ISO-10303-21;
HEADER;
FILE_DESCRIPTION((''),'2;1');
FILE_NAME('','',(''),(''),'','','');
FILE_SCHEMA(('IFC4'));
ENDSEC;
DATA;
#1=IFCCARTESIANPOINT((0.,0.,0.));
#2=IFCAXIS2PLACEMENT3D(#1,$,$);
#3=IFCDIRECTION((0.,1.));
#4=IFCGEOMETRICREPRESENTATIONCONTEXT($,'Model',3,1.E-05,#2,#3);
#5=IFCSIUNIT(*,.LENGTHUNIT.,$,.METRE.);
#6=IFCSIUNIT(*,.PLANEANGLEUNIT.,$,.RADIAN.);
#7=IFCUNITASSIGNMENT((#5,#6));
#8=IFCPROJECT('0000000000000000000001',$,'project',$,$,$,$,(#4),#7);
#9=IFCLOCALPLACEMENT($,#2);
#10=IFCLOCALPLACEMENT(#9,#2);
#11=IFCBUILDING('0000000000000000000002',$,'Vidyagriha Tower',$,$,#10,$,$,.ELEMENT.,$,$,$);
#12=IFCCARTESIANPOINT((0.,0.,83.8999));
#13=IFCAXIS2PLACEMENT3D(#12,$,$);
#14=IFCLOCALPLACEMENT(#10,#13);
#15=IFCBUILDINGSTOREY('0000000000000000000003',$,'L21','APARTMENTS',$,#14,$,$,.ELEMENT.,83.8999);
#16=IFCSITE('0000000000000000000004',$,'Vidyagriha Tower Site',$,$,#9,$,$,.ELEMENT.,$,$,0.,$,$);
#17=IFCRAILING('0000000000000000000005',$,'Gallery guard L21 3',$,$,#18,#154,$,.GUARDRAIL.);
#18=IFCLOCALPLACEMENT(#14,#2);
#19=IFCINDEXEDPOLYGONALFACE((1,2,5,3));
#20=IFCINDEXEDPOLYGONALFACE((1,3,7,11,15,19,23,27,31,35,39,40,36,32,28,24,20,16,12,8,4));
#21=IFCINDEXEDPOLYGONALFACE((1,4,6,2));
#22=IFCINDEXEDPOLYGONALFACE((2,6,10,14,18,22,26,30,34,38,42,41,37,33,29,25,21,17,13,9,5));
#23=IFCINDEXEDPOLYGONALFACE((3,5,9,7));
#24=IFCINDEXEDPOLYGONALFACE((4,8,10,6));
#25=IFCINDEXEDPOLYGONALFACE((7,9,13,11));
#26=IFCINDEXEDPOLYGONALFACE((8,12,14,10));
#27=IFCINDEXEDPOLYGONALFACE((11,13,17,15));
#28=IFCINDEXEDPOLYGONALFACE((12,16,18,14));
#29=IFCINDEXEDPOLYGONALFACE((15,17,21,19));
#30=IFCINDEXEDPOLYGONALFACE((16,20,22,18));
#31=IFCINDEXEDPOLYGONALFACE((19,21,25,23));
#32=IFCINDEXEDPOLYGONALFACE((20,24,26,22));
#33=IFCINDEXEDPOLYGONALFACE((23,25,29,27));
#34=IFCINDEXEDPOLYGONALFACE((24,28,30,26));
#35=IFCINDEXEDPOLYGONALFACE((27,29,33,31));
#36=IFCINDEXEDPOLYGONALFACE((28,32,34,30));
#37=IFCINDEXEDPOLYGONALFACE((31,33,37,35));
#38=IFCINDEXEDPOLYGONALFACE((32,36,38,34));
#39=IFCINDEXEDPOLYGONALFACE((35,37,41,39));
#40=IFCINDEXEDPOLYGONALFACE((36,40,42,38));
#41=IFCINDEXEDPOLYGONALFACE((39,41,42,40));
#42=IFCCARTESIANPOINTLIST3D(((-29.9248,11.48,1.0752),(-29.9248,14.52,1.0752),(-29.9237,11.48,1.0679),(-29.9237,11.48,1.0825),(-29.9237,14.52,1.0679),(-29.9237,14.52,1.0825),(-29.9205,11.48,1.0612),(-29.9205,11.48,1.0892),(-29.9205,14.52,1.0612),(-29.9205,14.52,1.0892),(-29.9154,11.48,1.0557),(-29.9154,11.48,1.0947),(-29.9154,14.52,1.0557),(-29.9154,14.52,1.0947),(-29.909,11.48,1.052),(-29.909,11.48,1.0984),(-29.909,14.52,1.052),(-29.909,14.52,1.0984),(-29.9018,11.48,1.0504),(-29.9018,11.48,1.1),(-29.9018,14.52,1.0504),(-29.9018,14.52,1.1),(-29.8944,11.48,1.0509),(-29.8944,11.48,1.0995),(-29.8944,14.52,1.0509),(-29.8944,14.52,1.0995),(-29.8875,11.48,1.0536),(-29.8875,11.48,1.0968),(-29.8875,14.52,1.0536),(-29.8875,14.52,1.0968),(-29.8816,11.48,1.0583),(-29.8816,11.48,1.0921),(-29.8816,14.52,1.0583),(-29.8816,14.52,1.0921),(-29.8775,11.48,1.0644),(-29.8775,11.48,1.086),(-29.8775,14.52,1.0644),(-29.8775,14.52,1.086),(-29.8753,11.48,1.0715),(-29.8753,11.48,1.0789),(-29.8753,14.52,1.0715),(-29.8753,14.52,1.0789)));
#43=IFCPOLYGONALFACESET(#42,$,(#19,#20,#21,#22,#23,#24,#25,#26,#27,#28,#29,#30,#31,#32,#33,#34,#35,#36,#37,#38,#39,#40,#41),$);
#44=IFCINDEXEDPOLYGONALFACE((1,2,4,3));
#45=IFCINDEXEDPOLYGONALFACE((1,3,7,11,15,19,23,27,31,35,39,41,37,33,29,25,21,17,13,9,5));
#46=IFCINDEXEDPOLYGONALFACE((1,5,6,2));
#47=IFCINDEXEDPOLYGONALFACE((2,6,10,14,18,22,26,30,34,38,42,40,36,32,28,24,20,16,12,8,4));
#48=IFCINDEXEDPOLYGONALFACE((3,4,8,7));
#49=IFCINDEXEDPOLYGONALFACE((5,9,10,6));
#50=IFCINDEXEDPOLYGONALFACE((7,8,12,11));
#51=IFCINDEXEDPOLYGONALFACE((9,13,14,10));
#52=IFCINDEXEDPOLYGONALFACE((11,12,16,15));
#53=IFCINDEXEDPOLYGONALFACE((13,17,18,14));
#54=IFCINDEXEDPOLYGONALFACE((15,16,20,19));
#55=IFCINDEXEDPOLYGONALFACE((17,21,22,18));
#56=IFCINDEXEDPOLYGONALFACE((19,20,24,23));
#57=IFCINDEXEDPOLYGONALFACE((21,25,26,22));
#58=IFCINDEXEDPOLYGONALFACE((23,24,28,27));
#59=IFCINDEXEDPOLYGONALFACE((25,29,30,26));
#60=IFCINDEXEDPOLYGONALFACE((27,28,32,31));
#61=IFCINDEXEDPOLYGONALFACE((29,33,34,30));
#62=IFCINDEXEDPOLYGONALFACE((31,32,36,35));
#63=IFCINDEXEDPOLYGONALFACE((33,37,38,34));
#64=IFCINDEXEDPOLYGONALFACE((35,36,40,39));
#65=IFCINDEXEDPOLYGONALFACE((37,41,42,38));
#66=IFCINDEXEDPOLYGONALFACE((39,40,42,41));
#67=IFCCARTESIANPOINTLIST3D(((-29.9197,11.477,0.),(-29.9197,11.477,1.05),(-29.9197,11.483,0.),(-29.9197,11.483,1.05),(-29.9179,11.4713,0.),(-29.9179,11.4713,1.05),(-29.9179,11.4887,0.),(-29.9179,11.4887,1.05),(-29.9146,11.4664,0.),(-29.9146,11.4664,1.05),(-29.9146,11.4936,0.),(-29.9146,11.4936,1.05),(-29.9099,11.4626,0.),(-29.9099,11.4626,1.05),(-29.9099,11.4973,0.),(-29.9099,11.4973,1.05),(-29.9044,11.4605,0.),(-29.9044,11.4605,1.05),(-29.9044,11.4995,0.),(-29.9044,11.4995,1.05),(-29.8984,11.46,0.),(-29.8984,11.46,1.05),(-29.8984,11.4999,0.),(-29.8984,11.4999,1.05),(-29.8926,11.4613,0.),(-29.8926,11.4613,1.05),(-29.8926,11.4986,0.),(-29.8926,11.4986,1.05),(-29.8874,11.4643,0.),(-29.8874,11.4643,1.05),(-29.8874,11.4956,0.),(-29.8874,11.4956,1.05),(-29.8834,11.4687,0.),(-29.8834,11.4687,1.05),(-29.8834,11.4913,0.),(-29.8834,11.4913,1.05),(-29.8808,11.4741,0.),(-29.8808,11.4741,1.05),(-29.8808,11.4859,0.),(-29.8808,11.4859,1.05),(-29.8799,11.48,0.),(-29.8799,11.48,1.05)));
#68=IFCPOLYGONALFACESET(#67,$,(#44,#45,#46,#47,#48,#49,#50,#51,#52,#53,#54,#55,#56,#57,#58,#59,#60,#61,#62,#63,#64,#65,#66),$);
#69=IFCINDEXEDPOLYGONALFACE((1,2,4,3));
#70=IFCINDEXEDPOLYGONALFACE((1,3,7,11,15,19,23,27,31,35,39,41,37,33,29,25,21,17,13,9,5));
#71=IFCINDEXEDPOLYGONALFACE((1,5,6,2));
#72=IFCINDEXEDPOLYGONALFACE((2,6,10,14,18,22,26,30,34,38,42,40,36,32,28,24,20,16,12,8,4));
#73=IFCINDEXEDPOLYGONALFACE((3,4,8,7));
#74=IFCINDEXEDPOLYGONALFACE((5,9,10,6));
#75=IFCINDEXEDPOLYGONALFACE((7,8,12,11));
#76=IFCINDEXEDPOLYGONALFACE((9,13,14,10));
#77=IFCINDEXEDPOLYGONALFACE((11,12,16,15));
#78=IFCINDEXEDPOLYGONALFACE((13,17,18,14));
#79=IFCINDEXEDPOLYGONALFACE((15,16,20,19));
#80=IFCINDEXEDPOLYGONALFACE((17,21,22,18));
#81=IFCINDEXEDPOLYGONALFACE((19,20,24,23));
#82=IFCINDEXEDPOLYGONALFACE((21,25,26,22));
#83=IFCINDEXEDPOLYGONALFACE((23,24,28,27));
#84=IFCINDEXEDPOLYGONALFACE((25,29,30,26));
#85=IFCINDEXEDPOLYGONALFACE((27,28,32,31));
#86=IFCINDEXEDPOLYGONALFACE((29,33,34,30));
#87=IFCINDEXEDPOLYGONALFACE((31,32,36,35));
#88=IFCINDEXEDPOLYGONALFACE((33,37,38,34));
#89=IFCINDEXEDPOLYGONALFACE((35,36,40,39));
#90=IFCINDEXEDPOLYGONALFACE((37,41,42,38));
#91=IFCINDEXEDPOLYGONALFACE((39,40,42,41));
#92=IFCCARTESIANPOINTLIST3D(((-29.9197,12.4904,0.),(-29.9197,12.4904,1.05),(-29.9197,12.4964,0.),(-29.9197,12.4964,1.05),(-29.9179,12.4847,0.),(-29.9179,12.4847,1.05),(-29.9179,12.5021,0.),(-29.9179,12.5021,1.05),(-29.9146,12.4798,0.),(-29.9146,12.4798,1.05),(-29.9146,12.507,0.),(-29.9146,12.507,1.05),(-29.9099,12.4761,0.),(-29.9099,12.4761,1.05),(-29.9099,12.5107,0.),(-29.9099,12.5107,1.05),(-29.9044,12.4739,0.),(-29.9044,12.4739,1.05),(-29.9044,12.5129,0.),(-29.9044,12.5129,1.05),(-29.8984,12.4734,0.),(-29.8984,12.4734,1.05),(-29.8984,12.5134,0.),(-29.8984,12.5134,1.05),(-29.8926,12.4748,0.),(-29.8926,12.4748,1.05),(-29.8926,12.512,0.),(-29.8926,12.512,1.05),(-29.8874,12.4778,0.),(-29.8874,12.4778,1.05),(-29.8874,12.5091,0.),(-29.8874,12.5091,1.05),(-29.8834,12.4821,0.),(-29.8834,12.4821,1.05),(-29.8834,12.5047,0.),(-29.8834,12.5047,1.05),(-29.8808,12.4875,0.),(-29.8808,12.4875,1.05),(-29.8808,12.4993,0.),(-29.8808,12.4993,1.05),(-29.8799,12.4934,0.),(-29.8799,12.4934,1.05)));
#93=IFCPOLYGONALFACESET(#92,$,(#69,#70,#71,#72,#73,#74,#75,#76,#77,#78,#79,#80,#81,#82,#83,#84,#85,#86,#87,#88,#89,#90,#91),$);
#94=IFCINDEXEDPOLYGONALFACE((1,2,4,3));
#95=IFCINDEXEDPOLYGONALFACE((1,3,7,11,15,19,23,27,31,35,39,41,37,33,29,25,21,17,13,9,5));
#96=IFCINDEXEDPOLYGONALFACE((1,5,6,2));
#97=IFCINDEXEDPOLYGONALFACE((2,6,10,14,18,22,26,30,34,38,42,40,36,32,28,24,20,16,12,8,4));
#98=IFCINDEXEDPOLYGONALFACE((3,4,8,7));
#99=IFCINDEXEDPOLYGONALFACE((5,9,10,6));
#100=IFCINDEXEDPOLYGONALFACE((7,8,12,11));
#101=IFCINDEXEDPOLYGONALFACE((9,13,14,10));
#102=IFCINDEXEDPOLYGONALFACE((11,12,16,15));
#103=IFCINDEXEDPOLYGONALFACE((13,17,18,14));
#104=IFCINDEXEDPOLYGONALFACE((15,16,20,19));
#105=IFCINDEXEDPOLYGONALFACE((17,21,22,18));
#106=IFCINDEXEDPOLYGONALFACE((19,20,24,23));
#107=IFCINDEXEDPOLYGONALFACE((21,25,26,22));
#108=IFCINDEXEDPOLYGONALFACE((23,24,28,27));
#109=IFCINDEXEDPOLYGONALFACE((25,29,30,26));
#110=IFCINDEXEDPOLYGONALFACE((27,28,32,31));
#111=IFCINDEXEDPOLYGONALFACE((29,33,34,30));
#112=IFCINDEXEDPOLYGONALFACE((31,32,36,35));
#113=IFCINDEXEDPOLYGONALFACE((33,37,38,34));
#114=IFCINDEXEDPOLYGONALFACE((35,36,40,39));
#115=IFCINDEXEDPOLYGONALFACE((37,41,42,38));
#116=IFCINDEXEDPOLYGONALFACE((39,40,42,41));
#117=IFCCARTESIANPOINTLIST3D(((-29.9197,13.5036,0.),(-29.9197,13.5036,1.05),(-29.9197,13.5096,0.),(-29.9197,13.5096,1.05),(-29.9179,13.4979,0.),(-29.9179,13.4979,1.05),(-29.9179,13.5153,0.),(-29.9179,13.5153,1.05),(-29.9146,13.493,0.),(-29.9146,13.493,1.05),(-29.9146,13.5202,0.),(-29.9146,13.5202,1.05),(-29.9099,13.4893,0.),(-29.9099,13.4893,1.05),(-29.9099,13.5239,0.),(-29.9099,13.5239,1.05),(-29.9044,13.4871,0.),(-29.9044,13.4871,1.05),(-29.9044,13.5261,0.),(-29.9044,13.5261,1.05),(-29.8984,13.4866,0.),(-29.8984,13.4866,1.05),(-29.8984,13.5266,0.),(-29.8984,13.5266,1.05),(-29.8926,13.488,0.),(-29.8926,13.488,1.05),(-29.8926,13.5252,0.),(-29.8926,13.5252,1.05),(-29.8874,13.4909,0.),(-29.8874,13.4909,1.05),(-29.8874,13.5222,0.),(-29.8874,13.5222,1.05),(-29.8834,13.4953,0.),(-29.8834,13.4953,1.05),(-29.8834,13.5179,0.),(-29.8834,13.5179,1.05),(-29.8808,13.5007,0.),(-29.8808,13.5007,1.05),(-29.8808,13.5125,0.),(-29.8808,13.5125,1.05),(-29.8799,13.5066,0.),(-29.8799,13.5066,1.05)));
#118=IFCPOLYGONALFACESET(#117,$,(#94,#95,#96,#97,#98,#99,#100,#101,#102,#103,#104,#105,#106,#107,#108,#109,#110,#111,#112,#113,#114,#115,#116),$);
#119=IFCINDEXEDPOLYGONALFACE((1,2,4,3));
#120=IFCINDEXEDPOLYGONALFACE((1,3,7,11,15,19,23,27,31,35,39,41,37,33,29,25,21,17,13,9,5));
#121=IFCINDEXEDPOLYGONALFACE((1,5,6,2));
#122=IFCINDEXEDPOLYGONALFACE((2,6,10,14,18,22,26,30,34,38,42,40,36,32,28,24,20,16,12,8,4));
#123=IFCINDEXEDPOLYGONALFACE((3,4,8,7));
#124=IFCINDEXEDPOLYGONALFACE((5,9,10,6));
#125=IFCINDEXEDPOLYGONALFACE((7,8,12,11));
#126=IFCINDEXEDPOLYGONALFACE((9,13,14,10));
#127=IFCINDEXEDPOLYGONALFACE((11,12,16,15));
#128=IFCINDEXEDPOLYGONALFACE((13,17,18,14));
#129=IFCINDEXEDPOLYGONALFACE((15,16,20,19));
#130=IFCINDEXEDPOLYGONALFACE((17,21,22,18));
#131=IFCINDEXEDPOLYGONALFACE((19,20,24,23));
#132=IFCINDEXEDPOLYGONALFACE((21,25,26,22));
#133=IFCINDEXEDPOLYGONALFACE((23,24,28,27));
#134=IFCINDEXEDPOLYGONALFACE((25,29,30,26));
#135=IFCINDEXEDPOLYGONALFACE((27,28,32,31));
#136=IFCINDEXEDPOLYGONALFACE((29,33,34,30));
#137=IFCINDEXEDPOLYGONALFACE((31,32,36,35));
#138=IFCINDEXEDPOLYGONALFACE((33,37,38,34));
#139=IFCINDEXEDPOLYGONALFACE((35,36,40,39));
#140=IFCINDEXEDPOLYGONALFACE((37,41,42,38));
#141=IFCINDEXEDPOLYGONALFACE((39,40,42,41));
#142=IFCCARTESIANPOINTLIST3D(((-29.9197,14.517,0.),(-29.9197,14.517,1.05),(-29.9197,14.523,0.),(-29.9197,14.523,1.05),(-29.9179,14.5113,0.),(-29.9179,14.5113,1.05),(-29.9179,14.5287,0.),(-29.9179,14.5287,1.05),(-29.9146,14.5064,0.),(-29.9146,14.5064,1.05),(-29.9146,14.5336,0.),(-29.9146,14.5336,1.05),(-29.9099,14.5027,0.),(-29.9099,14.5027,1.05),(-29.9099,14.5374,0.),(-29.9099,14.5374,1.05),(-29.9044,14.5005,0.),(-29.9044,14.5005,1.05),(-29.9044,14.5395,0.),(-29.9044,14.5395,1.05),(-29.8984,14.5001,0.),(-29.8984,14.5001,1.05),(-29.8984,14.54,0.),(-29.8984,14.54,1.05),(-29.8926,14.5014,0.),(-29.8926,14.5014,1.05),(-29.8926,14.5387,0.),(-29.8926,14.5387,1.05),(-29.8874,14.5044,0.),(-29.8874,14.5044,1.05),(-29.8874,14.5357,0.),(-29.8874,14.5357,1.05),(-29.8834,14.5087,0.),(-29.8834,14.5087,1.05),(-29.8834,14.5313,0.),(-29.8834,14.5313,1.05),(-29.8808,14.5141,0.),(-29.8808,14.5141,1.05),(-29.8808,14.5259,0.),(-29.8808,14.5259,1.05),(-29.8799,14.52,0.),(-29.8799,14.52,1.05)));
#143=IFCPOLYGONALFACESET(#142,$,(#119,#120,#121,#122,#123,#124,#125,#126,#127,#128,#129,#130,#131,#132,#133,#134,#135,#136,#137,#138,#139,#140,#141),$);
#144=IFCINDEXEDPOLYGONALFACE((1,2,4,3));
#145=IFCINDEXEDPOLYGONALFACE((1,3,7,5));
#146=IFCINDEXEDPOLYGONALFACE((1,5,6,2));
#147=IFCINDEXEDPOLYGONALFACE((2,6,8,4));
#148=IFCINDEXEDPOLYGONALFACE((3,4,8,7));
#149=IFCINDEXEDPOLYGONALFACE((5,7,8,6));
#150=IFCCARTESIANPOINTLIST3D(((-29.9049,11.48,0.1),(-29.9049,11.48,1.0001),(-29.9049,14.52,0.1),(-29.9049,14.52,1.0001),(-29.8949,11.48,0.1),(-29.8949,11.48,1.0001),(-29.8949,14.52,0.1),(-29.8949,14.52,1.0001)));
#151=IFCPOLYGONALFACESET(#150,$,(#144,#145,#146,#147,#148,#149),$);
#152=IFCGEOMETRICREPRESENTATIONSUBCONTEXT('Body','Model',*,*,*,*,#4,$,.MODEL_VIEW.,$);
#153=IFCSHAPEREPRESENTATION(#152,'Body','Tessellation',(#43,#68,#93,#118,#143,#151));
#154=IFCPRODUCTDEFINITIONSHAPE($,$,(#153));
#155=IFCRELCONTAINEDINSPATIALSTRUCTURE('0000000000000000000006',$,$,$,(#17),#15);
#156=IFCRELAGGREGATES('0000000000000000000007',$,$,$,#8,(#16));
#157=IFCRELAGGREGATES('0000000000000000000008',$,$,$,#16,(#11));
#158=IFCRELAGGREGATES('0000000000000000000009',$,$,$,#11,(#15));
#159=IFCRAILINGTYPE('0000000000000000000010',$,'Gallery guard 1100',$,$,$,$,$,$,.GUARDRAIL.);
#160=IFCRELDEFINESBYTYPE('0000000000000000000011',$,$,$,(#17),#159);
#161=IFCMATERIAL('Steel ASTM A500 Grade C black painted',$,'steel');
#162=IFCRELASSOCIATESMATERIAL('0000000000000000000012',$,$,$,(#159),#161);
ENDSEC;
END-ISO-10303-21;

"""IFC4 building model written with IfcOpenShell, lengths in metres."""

from ifc_helpers import new_model, si_unit, direction, frame, origin, origin_2d, place, context, subcontext, project, spatial, rectangle, circle, extrude, material, type_object, element, save


model = new_model("IFC4")

# Units and contexts
model_context = context("Model", 3, precision=1e-05, world=origin(), true_north=direction((0.0, 1.0)))
body_context = subcontext(model_context, "Body", "Model", "MODEL_VIEW")
ifc_project = project(units=[si_unit("LENGTHUNIT", "METRE"), si_unit("PLANEANGLEUNIT", "RADIAN")], contexts=[model_context])

# Site, building, storey
site_placement = place(None, origin())
site = spatial("IfcSite", under=ifc_project, at=site_placement, Name="Vidyagriha Tower Site", CompositionType="ELEMENT", RefElevation=0.0)
building_placement = place(site_placement, origin())
building = spatial("IfcBuilding", under=site, at=building_placement, Name="Vidyagriha Tower", CompositionType="ELEMENT")
storey_placement = place(building_placement, frame((0.0, 0.0, 83.8999)))
storey = spatial("IfcBuildingStorey", under=building, at=storey_placement, Name="L21", Description="APARTMENTS", CompositionType="ELEMENT", Elevation=83.8999)

# Railing
ifc_material_1 = material(Name="Steel ASTM A500 Grade C black painted", Category="steel")
railing_type_1 = type_object("IfcRailingType", Name="Gallery guard 1100", PredefinedType="GUARDRAIL", material=ifc_material_1)
railing_1_placement = place(storey_placement, frame((-29.8999, 11.48, 0.0)))
element("IfcRailing", 1, at=railing_1_placement, inside=storey, type_object=railing_type_1, Name="Gallery guard L21 3", PredefinedType="GUARDRAIL", context=body_context, shape_type="SweptSolid", body=[
    extrude(circle(Radius=0.0249, at=origin_2d()), frame((0.0, 0.0, 1.0752), z_axis=(0.0, 1.0, 0.0), x_axis=(-1.0, 0.0, 0.0)), (0.0, 0.0, 1.0), 3.04),
    extrude(circle(Radius=0.02, at=origin_2d()), origin(), (0.0, 0.0, 1.0), 1.05),
    extrude(circle(Radius=0.02, at=origin_2d()), frame((0.0, 1.0134, 0.0)), (0.0, 0.0, 1.0), 1.05),
    extrude(circle(Radius=0.02, at=origin_2d()), frame((0.0, 2.0266, 0.0)), (0.0, 0.0, 1.0), 1.05),
    extrude(circle(Radius=0.02, at=origin_2d()), frame((0.0, 3.04, 0.0)), (0.0, 0.0, 1.0), 1.05),
    extrude(rectangle(XDim=0.01, YDim=0.9001, at=origin_2d()), frame((0.0, 0.0, 0.55), z_axis=(0.0, 1.0, 0.0), x_axis=(-1.0, 0.0, 0.0)), (0.0, 0.0, 1.0), 3.04),
])

save(model, "model.ifc")
